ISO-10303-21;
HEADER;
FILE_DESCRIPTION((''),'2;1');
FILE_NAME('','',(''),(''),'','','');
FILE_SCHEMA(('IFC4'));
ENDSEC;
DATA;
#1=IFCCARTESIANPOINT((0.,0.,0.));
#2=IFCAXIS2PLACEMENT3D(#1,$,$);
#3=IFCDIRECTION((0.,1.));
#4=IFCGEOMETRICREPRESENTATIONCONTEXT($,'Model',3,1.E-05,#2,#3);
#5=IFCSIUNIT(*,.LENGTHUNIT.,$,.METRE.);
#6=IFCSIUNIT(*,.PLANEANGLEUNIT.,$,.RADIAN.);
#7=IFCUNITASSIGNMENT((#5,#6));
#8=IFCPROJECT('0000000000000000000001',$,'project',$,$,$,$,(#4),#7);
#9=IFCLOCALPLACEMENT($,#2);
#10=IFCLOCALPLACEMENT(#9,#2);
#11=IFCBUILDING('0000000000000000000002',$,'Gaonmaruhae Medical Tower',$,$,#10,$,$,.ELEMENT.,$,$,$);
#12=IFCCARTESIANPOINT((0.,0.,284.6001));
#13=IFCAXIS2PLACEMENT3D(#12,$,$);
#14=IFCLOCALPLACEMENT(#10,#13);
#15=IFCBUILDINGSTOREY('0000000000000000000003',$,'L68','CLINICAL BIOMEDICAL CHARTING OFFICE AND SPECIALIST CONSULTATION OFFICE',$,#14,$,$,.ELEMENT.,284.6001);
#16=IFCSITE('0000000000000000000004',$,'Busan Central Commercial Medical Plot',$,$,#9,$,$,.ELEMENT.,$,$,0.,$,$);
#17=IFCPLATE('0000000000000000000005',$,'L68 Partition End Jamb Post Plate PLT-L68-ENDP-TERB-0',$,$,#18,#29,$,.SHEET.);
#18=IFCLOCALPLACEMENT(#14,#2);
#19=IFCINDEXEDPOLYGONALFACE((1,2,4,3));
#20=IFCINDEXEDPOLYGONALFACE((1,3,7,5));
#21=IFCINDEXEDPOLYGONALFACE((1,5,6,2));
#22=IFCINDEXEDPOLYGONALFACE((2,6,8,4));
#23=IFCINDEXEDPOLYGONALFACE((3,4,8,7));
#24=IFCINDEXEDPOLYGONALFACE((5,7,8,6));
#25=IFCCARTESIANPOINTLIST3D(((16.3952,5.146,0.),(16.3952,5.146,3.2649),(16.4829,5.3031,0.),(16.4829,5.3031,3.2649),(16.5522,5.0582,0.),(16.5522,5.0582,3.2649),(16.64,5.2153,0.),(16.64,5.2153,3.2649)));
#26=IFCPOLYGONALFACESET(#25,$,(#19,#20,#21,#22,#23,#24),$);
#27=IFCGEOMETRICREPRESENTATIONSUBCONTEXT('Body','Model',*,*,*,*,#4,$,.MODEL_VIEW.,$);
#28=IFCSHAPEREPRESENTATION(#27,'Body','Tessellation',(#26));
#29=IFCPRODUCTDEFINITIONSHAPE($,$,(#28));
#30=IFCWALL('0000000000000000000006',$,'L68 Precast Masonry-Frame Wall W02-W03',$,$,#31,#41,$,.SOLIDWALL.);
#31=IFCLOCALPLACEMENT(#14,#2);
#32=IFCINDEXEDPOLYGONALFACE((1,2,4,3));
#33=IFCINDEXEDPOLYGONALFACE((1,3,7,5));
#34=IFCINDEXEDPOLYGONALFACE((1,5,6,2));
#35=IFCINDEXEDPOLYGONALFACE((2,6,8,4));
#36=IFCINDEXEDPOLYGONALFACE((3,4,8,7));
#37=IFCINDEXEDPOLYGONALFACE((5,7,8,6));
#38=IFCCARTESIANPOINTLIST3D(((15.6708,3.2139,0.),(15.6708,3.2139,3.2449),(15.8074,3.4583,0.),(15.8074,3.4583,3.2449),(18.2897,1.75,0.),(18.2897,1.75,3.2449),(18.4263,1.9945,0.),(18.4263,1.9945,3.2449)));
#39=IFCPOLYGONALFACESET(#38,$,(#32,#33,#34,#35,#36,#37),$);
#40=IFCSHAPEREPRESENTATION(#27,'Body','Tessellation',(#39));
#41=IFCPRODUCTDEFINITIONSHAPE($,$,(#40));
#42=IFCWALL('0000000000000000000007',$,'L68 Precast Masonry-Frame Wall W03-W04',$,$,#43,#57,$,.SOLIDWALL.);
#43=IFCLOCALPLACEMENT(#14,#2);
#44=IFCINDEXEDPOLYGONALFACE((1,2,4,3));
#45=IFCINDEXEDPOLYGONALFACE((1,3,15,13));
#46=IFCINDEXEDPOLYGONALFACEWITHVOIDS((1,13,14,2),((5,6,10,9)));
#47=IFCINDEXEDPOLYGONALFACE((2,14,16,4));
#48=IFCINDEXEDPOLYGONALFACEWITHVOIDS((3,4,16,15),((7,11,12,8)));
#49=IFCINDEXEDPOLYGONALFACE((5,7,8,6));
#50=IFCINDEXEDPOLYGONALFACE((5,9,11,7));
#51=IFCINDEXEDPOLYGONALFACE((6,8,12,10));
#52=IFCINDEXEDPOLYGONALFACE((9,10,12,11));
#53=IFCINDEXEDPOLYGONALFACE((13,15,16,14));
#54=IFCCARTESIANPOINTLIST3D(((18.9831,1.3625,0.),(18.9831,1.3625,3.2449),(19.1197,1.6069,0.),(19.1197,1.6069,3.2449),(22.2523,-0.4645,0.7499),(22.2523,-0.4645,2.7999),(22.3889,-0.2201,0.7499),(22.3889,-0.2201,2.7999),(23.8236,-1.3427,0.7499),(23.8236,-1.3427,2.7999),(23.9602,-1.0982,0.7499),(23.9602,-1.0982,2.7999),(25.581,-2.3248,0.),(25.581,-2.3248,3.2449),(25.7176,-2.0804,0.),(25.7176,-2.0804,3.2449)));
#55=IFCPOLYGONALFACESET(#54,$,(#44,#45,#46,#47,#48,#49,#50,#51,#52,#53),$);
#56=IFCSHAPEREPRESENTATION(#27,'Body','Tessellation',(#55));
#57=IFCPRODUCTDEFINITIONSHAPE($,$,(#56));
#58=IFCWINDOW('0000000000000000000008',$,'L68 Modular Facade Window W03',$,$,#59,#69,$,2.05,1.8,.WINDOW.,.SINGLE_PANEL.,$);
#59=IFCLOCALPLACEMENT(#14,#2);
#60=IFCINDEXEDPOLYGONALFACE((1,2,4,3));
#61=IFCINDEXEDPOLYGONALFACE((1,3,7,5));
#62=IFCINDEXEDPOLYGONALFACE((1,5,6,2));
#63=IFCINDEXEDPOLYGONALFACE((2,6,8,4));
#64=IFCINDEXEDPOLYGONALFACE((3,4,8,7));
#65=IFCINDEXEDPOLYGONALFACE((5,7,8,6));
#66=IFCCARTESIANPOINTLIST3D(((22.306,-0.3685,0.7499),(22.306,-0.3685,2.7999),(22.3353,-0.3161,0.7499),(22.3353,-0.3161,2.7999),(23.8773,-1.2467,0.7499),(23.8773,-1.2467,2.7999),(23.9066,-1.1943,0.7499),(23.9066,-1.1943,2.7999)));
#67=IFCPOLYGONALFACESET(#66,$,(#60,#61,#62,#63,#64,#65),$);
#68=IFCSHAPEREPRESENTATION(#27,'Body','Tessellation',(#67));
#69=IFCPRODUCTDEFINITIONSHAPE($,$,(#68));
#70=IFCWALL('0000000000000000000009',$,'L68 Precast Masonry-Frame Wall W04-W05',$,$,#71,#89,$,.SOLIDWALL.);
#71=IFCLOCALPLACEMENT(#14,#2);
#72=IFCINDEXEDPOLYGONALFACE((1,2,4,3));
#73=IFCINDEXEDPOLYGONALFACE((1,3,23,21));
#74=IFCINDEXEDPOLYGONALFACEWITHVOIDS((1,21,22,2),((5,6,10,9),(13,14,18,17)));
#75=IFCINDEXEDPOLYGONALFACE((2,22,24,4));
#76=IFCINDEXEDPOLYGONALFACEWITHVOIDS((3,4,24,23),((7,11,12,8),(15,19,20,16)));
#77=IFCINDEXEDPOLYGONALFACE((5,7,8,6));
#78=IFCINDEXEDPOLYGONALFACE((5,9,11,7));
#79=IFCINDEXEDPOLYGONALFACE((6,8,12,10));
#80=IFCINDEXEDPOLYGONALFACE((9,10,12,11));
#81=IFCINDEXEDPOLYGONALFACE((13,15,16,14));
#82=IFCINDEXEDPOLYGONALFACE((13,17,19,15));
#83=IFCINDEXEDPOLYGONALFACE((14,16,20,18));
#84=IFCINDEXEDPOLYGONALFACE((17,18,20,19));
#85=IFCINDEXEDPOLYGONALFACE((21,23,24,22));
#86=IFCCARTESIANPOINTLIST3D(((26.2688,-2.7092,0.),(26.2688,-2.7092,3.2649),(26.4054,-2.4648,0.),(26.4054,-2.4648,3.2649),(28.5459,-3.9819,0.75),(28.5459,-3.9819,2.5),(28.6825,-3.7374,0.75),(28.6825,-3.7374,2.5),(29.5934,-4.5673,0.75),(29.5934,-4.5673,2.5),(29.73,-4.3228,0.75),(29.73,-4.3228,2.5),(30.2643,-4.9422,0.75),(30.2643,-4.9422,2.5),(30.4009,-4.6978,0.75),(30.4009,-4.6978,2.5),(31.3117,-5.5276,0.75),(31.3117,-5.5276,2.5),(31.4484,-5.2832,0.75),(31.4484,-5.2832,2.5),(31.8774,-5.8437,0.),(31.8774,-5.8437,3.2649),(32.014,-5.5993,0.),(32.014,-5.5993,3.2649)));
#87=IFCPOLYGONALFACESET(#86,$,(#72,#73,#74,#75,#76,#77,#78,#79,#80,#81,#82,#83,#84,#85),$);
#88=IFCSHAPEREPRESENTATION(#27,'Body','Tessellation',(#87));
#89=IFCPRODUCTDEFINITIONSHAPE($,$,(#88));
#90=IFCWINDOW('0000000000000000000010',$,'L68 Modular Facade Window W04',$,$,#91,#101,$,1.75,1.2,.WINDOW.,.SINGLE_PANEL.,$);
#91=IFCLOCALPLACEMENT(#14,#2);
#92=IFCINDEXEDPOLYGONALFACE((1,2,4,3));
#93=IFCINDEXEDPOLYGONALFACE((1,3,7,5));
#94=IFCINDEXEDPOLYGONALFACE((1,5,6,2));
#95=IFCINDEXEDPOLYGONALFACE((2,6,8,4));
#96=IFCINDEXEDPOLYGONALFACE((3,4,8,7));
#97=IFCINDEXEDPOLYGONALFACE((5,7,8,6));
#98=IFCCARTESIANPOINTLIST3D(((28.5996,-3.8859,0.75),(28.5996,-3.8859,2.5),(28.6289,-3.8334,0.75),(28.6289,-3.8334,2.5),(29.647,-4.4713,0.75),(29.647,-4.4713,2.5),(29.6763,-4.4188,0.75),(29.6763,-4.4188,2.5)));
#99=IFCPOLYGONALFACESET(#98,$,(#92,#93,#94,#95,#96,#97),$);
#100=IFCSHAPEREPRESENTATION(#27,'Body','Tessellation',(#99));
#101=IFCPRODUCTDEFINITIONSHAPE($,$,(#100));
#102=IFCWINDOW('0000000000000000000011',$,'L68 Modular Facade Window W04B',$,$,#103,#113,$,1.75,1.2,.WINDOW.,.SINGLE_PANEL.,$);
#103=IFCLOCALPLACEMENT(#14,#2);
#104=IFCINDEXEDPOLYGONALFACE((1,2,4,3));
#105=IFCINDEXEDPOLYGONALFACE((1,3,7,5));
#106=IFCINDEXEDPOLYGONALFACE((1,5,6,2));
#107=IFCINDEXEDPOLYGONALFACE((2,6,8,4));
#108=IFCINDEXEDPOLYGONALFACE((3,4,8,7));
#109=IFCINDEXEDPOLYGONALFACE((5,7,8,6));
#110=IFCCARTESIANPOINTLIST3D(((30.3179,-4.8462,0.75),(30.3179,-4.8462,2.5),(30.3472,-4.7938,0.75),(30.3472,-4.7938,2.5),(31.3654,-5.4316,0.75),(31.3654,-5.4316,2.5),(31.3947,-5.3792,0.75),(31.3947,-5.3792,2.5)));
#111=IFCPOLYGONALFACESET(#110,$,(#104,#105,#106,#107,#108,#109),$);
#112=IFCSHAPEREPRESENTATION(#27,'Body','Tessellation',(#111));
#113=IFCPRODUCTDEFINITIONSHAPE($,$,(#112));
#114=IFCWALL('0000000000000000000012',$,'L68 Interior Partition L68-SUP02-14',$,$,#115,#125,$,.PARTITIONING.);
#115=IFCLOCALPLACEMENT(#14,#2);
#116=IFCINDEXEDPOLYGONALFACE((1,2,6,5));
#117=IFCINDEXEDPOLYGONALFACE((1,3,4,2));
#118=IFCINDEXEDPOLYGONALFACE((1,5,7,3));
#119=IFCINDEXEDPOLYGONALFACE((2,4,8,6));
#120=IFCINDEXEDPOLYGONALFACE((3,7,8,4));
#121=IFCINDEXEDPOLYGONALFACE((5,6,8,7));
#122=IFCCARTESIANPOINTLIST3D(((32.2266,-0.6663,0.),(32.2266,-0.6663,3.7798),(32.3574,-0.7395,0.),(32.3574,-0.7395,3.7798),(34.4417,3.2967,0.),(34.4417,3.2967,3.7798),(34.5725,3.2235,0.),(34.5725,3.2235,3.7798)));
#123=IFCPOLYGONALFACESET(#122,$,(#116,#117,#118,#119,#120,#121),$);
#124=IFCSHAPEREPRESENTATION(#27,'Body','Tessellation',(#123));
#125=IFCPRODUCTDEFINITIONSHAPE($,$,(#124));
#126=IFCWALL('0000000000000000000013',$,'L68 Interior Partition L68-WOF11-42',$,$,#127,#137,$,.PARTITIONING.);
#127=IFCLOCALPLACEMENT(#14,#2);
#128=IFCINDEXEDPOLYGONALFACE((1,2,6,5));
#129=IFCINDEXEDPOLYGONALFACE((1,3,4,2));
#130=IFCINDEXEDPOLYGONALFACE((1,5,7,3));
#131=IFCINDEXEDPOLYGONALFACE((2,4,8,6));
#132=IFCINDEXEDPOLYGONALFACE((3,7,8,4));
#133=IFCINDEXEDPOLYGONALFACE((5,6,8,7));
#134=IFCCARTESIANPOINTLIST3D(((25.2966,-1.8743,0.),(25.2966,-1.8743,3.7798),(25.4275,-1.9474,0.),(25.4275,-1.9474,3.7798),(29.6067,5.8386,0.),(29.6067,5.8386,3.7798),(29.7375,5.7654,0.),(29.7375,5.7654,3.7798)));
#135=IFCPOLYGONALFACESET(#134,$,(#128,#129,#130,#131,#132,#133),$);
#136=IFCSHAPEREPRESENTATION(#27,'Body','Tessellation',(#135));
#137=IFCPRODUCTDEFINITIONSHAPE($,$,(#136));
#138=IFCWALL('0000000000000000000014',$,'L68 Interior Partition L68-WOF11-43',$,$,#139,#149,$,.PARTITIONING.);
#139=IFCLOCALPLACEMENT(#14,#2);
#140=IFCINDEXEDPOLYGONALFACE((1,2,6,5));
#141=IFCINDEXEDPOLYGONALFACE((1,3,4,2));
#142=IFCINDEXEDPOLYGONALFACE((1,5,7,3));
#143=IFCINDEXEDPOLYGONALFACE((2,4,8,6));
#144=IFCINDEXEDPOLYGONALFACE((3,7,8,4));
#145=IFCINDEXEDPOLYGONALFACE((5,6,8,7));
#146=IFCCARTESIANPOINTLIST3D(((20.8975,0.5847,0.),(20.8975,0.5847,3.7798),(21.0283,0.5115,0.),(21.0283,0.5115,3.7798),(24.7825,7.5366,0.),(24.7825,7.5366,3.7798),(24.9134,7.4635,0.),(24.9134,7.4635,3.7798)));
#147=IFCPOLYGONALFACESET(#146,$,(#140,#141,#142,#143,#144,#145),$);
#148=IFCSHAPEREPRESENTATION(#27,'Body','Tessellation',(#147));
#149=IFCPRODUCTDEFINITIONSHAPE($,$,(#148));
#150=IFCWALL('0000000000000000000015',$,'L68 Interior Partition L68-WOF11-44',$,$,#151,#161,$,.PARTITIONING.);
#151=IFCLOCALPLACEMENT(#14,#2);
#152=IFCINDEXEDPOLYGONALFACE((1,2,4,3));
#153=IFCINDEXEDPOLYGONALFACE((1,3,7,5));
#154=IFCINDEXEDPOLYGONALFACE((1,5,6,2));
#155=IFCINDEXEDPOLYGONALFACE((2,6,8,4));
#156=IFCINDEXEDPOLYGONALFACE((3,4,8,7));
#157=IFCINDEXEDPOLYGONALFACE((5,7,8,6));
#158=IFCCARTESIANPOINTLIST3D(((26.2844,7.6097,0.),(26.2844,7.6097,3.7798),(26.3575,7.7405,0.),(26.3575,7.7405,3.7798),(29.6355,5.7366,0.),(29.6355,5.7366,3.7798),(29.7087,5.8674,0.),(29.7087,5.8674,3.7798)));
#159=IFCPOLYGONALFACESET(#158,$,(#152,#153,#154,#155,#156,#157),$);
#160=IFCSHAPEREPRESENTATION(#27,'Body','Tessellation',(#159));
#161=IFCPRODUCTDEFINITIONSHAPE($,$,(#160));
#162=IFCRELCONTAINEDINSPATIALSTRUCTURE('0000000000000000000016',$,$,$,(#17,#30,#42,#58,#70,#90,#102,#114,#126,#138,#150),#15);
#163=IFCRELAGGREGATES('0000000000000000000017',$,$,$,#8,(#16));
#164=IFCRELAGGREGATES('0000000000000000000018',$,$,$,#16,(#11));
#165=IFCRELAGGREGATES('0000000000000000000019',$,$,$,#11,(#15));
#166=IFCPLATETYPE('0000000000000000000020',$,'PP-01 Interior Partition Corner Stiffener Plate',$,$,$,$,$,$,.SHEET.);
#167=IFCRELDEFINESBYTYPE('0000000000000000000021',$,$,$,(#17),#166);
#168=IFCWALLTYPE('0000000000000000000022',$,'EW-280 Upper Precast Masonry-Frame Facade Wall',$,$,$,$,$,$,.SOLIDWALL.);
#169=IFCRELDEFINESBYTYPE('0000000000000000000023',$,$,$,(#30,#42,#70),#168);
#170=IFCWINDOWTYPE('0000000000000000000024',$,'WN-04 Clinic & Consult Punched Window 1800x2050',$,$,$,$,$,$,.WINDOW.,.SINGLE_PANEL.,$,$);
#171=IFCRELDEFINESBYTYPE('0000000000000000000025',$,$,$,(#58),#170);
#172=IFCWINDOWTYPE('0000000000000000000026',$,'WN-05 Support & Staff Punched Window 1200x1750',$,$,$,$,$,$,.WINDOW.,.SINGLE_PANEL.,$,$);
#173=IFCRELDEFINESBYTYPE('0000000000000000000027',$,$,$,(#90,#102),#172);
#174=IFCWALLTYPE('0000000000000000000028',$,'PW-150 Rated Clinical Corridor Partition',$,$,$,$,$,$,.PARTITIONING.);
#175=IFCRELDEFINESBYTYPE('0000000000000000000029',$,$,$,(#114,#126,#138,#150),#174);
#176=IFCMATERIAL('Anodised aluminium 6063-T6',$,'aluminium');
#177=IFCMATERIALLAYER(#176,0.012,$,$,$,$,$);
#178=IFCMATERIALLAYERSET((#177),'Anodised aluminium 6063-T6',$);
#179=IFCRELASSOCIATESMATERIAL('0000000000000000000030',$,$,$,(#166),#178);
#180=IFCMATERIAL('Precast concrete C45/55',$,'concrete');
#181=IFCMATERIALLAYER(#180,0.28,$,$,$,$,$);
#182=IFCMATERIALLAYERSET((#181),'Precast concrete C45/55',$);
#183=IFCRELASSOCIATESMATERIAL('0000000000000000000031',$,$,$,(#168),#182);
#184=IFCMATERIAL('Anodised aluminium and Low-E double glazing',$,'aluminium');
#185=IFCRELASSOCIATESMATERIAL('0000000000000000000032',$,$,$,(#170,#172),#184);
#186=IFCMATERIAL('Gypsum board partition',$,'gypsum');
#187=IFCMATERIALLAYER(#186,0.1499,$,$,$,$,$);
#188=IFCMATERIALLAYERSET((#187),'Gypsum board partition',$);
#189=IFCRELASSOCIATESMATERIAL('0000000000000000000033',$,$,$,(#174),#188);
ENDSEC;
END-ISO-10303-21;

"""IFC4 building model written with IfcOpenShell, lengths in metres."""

from ifc_helpers import new_model, si_unit, direction, frame, frame_2d, origin, origin_2d, place, context, subcontext, project, spatial, rectangle, extrude, material, layer, layer_set, type_object, element, fill, save


model = new_model("IFC4")

# Units and contexts
model_context = context("Model", 3, precision=1e-05, world=origin(), true_north=direction((0.0, 1.0)))
body_context = subcontext(model_context, "Body", "Model", "MODEL_VIEW")
ifc_project = project(units=[si_unit("LENGTHUNIT", "METRE"), si_unit("PLANEANGLEUNIT", "RADIAN")], contexts=[model_context])

# Site, building, storey
site_placement = place(None, origin())
site = spatial("IfcSite", under=ifc_project, at=site_placement, Name="Busan Central Commercial Medical Plot", CompositionType="ELEMENT", RefElevation=0.0)
building_placement = place(site_placement, origin())
building = spatial("IfcBuilding", under=site, at=building_placement, Name="Gaonmaruhae Medical Tower", CompositionType="ELEMENT")
storey_placement = place(building_placement, frame((0.0, 0.0, 284.6001)))
storey = spatial("IfcBuildingStorey", under=building, at=storey_placement, Name="L68", Description="CLINICAL BIOMEDICAL CHARTING OFFICE AND SPECIALIST CONSULTATION OFFICE", CompositionType="ELEMENT", Elevation=284.6001)

# Plate
ifc_material_1 = material(Name="Anodised aluminium 6063-T6", Category="aluminium")
ifc_layer_1 = layer(ifc_material_1, 0.012)
ifc_layer_set_1 = layer_set([ifc_layer_1], Name="Anodised aluminium 6063-T6")
plate_type = type_object("IfcPlateType", Name="PP-01 Interior Partition Corner Stiffener Plate", PredefinedType="SHEET", material=ifc_layer_set_1)
plate_placement = place(storey_placement, frame((16.5176, 5.1807, 0.0), z_axis=(0.0, 0.0, 1.0), x_axis=(-0.872922, 0.48786, 0.0)))
element("IfcPlate", 1, at=plate_placement, inside=storey, type_object=plate_type, Name="L68 Partition End Jamb Post Plate PLT-L68-ENDP-TERB-0", PredefinedType="SHEET", context=body_context, shape_type="SweptSolid", body=[
    extrude(rectangle(XDim=0.1799, YDim=0.1799, at=origin_2d()), origin(), (0.0, 0.0, 1.0), 3.2649),
])

# Wall
ifc_material_2 = material(Name="Precast concrete C45/55", Category="concrete")
ifc_layer_2 = layer(ifc_material_2, 0.28)
ifc_layer_set_2 = layer_set([ifc_layer_2], Name="Precast concrete C45/55")
wall_type_1 = type_object("IfcWallType", Name="EW-280 Upper Precast Masonry-Frame Facade Wall", PredefinedType="SOLIDWALL", material=ifc_layer_set_2)
wall_1_placement = place(storey_placement, frame((18.3579, 1.8723, 0.0), z_axis=(0.0, 0.0, 1.0), x_axis=(-0.872891, 0.487914, 0.0)))
element("IfcWall", 2, at=wall_1_placement, inside=storey, type_object=wall_type_1, Name="L68 Precast Masonry-Frame Wall W02-W03", PredefinedType="SOLIDWALL", context=body_context, shape_type="SweptSolid", body=[
    extrude(rectangle(XDim=3.0002, YDim=0.28, at=frame_2d((1.5, 0.0))), origin(), (0.0, 0.0, 1.0), 3.2449),
])

# Wall, opening, window
wall_2_placement = place(storey_placement, frame((25.6494, -2.2026, 0.0), z_axis=(0.0, 0.0, 1.0), x_axis=(-0.872933, 0.487841, 0.0)))
wall_2 = element("IfcWall", 3, at=wall_2_placement, inside=storey, type_object=wall_type_1, Name="L68 Precast Masonry-Frame Wall W03-W04", PredefinedType="SOLIDWALL", context=body_context, shape_type="SweptSolid", body=[
    extrude(rectangle(XDim=7.5583, YDim=0.28, at=frame_2d((3.7793, 0.0))), origin(), (0.0, 0.0, 1.0), 3.2449),
])
opening_1_placement = place(wall_2_placement, frame((2.0134, 0.0, 0.75)))
opening_1 = element("IfcOpeningElement", 4, at=opening_1_placement, cuts=wall_2, PredefinedType="OPENING", context=body_context, shape_type="SweptSolid", body=[
    extrude(rectangle(XDim=1.8, YDim=2.05, at=frame_2d((0.8999, 1.0249))), frame((0.0, 0.1499, 0.0), z_axis=(0.0, -1.0, 0.0), x_axis=(1.0, 0.0, 0.0)), (0.0, 0.0, 1.0), 0.3),
])
ifc_material_3 = material(Name="Anodised aluminium and Low-E double glazing", Category="aluminium")
window_type_1 = type_object("IfcWindowType", Name="WN-04 Clinic & Consult Punched Window 1800x2050", PartitioningType="SINGLE_PANEL", PredefinedType="WINDOW", material=ifc_material_3)
window_1_placement = place(opening_1_placement, origin())
window_1 = element("IfcWindow", 5, at=window_1_placement, inside=storey, type_object=window_type_1, Name="L68 Modular Facade Window W03", OverallHeight=2.05, OverallWidth=1.8, PartitioningType="SINGLE_PANEL", PredefinedType="WINDOW", context=body_context, shape_type="SweptSolid", body=[
    extrude(rectangle(XDim=1.8, YDim=2.05, at=frame_2d((0.8999, 1.0249))), frame((0.0, 0.03, 0.0), z_axis=(0.0, -1.0, 0.0), x_axis=(1.0, 0.0, 0.0)), (0.0, 0.0, 1.0), 0.0601),
])
fill(opening_1, window_1)

# Wall, openings, windows
wall_3_placement = place(storey_placement, frame((31.9456, -5.7214, 0.0), z_axis=(0.0, 0.0, 1.0), x_axis=(-0.872925, 0.487855, 0.0)))
wall_3 = element("IfcWall", 6, at=wall_3_placement, inside=storey, type_object=wall_type_1, Name="L68 Precast Masonry-Frame Wall W04-W05", PredefinedType="SOLIDWALL", context=body_context, shape_type="SweptSolid", body=[
    extrude(rectangle(XDim=6.425, YDim=0.28, at=frame_2d((3.2124, 0.0))), origin(), (0.0, 0.0, 1.0), 3.2649),
])
opening_2_placement = place(wall_3_placement, frame((2.6162, 0.0, 0.75)))
opening_2 = element("IfcOpeningElement", 7, at=opening_2_placement, cuts=wall_3, PredefinedType="OPENING", context=body_context, shape_type="SweptSolid", body=[
    extrude(rectangle(XDim=1.2, YDim=1.75, at=frame_2d((0.6001, 0.875))), frame((0.0, 0.1499, 0.0), z_axis=(0.0, -1.0, 0.0), x_axis=(1.0, 0.0, 0.0)), (0.0, 0.0, 1.0), 0.3),
])
opening_3_placement = place(wall_3_placement, frame((0.6477, 0.0, 0.75)))
opening_3 = element("IfcOpeningElement", 8, at=opening_3_placement, cuts=wall_3, PredefinedType="OPENING", context=body_context, shape_type="SweptSolid", body=[
    extrude(rectangle(XDim=1.2, YDim=1.75, at=frame_2d((0.6001, 0.875))), frame((0.0, 0.1499, 0.0), z_axis=(0.0, -1.0, 0.0), x_axis=(1.0, 0.0, 0.0)), (0.0, 0.0, 1.0), 0.3),
])
window_type_2 = type_object("IfcWindowType", Name="WN-05 Support & Staff Punched Window 1200x1750", PartitioningType="SINGLE_PANEL", PredefinedType="WINDOW", material=ifc_material_3)
window_2_placement = place(opening_2_placement, origin())
window_2 = element("IfcWindow", 9, at=window_2_placement, inside=storey, type_object=window_type_2, Name="L68 Modular Facade Window W04", OverallHeight=1.75, OverallWidth=1.2, PartitioningType="SINGLE_PANEL", PredefinedType="WINDOW", context=body_context, shape_type="SweptSolid", body=[
    extrude(rectangle(XDim=1.2, YDim=1.75, at=frame_2d((0.6001, 0.875))), frame((0.0, 0.03, 0.0), z_axis=(0.0, -1.0, 0.0), x_axis=(1.0, 0.0, 0.0)), (0.0, 0.0, 1.0), 0.0601),
])
fill(opening_2, window_2)
window_3_placement = place(opening_3_placement, origin())
window_3 = element("IfcWindow", 10, at=window_3_placement, inside=storey, type_object=window_type_2, Name="L68 Modular Facade Window W04B", OverallHeight=1.75, OverallWidth=1.2, PartitioningType="SINGLE_PANEL", PredefinedType="WINDOW", context=body_context, shape_type="SweptSolid", body=[
    extrude(rectangle(XDim=1.2, YDim=1.75, at=frame_2d((0.6001, 0.875))), frame((0.0, 0.03, 0.0), z_axis=(0.0, -1.0, 0.0), x_axis=(1.0, 0.0, 0.0)), (0.0, 0.0, 1.0), 0.0601),
])
fill(opening_3, window_3)

# Walls
ifc_material_4 = material(Name="Gypsum board partition", Category="gypsum")
ifc_layer_3 = layer(ifc_material_4, 0.1499)
ifc_layer_set_3 = layer_set([ifc_layer_3], Name="Gypsum board partition")
wall_type_2 = type_object("IfcWallType", Name="PW-150 Rated Clinical Corridor Partition", PredefinedType="PARTITIONING", material=ifc_layer_set_3)
wall_4_placement = place(storey_placement, frame((32.292, -0.7029, 0.0), z_axis=(0.0, 0.0, 1.0), x_axis=(0.487911, 0.872894, 0.0)))
element("IfcWall", 11, at=wall_4_placement, inside=storey, type_object=wall_type_2, Name="L68 Interior Partition L68-SUP02-14", PredefinedType="PARTITIONING", context=body_context, shape_type="SweptSolid", body=[
    extrude(rectangle(XDim=4.54, YDim=0.1499, at=frame_2d((2.27, 0.0))), origin(), (0.0, 0.0, 1.0), 3.7798),
])
wall_5_placement = place(storey_placement, frame((29.6721, 5.802, 0.0), z_axis=(0.0, 0.0, 1.0), x_axis=(-0.487814, -0.872948, 0.0)))
element("IfcWall", 12, at=wall_5_placement, inside=storey, type_object=wall_type_2, Name="L68 Interior Partition L68-WOF11-42", PredefinedType="PARTITIONING", context=body_context, shape_type="SweptSolid", body=[
    extrude(rectangle(XDim=8.8354, YDim=0.1499, at=frame_2d((4.4177, 0.0))), origin(), (0.0, 0.0, 1.0), 3.7798),
])
wall_6_placement = place(storey_placement, frame((20.9629, 0.5481, 0.0), z_axis=(0.0, 0.0, 1.0), x_axis=(0.487833, 0.872937, 0.0)))
element("IfcWall", 13, at=wall_6_placement, inside=storey, type_object=wall_type_2, Name="L68 Interior Partition L68-WOF11-43", PredefinedType="PARTITIONING", context=body_context, shape_type="SweptSolid", body=[
    extrude(rectangle(XDim=7.9639, YDim=0.1499, at=frame_2d((3.9819, 0.0))), origin(), (0.0, 0.0, 1.0), 3.7798),
])
wall_7_placement = place(storey_placement, frame((26.321, 7.675, 0.0), z_axis=(0.0, 0.0, 1.0), x_axis=(0.8729, -0.487898, 0.0)))
element("IfcWall", 14, at=wall_7_placement, inside=storey, type_object=wall_type_2, Name="L68 Interior Partition L68-WOF11-44", PredefinedType="PARTITIONING", context=body_context, shape_type="SweptSolid", body=[
    extrude(rectangle(XDim=3.8391, YDim=0.1499, at=frame_2d((1.9194, 0.0))), origin(), (0.0, 0.0, 1.0), 3.7798),
])

save(model, "model.ifc")
